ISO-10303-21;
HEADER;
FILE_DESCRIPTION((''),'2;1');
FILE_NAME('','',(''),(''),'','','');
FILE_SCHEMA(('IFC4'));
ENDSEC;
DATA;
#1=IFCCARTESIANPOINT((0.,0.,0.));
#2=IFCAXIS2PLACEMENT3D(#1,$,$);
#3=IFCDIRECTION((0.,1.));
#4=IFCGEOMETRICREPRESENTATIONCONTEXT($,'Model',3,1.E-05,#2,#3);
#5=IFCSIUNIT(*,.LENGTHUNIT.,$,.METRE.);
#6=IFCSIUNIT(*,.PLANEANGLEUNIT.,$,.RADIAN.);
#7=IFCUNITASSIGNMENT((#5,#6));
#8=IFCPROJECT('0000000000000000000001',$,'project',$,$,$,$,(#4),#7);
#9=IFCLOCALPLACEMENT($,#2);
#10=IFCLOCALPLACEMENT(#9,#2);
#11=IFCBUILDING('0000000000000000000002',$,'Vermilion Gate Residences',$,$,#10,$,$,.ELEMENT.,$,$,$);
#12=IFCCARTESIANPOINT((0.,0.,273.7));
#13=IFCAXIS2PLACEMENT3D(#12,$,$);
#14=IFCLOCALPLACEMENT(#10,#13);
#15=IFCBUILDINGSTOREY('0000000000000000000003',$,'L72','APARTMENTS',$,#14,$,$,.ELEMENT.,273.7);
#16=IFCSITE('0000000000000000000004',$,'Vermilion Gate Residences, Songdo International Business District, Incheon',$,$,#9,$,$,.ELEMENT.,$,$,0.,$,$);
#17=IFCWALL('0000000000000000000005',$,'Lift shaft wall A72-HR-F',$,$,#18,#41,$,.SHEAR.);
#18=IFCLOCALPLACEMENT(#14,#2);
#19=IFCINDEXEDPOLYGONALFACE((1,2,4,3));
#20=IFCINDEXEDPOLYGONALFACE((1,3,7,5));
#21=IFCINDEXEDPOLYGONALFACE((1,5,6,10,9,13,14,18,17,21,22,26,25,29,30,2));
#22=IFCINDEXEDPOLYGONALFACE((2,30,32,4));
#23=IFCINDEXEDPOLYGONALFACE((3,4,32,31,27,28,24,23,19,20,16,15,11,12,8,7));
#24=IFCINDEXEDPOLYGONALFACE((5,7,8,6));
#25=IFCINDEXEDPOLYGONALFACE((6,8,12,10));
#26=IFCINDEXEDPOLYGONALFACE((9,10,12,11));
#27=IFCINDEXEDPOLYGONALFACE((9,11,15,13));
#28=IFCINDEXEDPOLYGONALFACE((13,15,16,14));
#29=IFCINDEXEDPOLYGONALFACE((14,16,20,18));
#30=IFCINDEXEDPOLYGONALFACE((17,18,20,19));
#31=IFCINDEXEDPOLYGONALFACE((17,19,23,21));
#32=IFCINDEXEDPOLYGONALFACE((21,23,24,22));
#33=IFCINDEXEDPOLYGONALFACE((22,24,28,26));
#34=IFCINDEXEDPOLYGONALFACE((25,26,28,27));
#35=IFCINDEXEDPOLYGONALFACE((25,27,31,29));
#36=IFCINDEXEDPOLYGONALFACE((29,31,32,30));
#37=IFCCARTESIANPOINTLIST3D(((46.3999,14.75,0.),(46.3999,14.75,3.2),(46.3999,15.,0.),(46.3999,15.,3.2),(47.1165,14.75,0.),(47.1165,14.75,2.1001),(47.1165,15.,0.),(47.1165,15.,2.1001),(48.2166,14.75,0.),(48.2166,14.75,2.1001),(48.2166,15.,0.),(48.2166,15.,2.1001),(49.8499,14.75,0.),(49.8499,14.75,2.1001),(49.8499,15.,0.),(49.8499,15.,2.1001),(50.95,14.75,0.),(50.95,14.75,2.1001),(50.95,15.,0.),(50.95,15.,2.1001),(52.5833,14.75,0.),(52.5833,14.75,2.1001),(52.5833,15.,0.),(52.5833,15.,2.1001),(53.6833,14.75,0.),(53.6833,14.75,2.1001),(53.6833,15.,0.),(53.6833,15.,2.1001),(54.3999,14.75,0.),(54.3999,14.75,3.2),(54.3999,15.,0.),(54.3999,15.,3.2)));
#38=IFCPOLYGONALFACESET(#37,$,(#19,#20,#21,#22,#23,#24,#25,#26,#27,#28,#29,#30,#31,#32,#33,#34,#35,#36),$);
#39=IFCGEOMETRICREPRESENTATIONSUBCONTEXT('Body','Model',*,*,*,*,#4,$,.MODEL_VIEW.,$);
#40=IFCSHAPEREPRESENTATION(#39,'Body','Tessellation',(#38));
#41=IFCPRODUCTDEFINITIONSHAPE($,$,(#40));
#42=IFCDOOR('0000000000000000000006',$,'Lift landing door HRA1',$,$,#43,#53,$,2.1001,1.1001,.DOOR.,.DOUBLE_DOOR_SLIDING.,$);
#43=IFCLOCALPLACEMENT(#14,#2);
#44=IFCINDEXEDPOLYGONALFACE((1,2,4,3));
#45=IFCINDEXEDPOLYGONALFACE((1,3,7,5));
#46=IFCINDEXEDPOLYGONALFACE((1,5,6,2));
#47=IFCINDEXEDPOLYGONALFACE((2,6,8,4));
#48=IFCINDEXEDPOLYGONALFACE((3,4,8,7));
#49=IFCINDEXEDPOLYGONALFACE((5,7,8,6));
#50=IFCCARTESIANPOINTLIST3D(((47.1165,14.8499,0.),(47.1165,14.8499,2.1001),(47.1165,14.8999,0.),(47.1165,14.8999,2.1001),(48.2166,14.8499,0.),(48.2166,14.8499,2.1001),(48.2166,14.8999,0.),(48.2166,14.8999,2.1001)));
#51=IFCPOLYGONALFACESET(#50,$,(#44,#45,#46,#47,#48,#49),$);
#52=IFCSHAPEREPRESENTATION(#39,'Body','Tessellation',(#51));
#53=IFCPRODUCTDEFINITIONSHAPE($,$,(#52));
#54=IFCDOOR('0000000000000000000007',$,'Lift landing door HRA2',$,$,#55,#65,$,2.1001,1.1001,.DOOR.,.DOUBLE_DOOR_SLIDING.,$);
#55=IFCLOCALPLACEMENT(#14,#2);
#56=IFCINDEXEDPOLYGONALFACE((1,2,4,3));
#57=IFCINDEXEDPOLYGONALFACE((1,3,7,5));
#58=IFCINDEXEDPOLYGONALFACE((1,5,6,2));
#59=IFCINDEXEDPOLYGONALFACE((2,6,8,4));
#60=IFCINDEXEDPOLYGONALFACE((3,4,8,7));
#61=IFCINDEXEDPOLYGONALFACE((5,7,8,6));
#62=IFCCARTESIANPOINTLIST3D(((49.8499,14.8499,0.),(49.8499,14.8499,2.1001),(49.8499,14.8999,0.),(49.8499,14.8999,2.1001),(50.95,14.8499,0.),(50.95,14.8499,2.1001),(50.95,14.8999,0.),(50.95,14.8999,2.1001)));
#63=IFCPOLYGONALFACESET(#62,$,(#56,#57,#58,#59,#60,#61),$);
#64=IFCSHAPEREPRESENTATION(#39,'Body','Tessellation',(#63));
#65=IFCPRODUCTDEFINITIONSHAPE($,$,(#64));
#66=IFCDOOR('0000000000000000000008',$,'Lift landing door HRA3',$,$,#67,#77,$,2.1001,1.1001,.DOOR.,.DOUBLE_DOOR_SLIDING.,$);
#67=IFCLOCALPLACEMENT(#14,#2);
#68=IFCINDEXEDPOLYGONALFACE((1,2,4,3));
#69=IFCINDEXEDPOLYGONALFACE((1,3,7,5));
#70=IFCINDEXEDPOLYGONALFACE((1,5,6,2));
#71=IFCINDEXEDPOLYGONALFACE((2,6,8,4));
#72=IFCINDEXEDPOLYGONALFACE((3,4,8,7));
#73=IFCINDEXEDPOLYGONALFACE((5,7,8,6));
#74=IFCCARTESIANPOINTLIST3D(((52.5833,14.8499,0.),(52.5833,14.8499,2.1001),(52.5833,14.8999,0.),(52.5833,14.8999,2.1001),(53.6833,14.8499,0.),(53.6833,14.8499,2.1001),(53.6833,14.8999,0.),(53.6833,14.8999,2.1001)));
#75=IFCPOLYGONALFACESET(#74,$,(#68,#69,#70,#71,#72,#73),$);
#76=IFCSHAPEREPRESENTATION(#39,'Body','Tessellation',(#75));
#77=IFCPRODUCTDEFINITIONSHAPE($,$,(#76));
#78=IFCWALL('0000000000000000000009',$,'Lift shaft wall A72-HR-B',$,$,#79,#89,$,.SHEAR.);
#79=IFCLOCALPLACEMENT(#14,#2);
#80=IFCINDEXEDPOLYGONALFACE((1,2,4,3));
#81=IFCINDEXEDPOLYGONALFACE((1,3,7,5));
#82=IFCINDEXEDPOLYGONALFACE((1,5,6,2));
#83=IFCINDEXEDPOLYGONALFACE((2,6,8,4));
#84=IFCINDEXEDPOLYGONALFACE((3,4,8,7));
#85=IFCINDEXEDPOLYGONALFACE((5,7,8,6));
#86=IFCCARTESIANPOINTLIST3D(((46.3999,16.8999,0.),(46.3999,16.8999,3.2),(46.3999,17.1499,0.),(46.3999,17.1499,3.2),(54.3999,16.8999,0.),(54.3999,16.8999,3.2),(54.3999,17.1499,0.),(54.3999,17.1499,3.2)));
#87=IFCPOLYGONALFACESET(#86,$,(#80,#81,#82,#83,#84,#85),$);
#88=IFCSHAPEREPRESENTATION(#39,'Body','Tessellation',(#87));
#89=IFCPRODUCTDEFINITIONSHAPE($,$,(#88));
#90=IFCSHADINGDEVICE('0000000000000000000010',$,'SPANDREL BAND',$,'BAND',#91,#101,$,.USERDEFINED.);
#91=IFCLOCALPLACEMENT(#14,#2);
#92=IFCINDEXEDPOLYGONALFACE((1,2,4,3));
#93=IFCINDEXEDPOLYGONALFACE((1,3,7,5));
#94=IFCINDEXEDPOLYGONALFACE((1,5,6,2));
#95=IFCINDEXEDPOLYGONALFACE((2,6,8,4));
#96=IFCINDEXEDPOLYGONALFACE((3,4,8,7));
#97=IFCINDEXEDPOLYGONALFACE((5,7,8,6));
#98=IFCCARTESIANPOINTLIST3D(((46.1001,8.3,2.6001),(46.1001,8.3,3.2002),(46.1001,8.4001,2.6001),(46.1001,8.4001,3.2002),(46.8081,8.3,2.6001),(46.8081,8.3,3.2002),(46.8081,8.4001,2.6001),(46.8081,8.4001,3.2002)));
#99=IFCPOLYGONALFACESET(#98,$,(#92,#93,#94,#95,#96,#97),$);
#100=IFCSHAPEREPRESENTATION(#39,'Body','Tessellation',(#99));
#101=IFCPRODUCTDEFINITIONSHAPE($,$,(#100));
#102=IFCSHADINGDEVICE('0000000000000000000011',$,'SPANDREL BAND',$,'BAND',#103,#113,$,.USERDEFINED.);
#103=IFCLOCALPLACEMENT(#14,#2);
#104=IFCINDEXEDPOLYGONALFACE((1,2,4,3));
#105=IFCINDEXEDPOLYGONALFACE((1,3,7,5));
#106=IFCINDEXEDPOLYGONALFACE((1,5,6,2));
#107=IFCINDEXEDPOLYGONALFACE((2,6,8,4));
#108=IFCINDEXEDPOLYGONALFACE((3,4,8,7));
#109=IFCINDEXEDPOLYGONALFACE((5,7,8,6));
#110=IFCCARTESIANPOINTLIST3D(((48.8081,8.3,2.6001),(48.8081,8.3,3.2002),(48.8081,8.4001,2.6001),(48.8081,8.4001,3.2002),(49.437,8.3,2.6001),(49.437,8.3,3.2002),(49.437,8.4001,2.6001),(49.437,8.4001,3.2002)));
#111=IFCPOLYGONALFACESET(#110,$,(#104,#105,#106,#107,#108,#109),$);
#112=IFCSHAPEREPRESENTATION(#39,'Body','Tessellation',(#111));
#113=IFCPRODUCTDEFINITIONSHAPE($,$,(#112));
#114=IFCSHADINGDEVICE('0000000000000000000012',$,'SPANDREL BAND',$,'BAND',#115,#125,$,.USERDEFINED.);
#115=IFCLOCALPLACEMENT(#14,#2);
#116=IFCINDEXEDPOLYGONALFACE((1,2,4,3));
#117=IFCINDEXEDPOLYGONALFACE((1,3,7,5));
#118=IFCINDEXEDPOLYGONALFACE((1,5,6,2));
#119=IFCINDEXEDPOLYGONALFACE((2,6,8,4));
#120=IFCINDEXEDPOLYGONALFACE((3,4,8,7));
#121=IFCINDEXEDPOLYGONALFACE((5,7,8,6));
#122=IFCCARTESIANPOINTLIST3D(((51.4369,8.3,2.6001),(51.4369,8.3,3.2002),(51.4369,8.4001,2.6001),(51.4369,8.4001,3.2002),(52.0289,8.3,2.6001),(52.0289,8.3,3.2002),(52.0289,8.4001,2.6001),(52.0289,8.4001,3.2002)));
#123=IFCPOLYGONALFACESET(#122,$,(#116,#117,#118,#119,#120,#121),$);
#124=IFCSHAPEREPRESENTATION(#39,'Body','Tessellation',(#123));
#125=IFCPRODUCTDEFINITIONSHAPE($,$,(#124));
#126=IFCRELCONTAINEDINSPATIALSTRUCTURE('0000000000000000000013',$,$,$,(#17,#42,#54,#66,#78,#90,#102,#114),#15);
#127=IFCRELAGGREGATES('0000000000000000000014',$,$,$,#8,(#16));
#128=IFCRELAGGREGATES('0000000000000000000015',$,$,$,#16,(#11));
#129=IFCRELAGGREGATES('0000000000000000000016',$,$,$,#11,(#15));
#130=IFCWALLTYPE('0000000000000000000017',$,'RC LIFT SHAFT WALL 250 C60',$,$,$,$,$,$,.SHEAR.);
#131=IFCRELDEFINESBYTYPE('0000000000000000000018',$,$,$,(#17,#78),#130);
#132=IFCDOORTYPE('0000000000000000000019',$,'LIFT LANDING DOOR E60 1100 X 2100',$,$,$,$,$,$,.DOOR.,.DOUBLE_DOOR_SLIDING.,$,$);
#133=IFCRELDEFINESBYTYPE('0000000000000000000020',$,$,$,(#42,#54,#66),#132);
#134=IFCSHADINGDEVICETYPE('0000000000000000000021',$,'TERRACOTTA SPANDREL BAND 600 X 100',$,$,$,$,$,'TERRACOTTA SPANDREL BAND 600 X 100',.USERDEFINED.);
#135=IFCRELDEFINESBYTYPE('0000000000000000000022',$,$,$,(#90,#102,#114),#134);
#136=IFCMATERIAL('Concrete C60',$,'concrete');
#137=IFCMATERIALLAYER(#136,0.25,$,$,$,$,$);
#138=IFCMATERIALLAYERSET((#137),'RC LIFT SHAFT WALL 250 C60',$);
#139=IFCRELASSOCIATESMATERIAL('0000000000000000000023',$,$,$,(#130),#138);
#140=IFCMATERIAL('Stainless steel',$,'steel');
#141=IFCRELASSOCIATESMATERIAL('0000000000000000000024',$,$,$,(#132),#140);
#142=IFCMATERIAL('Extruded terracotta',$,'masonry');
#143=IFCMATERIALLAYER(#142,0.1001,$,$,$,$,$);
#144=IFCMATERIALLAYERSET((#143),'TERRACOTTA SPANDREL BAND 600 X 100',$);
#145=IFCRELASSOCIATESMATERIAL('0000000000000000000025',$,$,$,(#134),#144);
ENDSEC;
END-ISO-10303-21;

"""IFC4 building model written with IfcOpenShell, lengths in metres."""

from ifc_helpers import new_model, si_unit, direction, frame, frame_2d, origin, origin_2d, place, context, subcontext, project, spatial, rectangle, extrude, material, layer, layer_set, type_object, element, fill, save


model = new_model("IFC4")

# Units and contexts
model_context = context("Model", 3, precision=1e-05, world=origin(), true_north=direction((0.0, 1.0)))
body_context = subcontext(model_context, "Body", "Model", "MODEL_VIEW")
ifc_project = project(units=[si_unit("LENGTHUNIT", "METRE"), si_unit("PLANEANGLEUNIT", "RADIAN")], contexts=[model_context])

# Site, building, storey
site_placement = place(None, origin())
site = spatial("IfcSite", under=ifc_project, at=site_placement, Name="Vermilion Gate Residences, Songdo International Business District, Incheon", CompositionType="ELEMENT", RefElevation=0.0)
building_placement = place(site_placement, origin())
building = spatial("IfcBuilding", under=site, at=building_placement, Name="Vermilion Gate Residences", CompositionType="ELEMENT")
storey_placement = place(building_placement, frame((0.0, 0.0, 273.7)))
storey = spatial("IfcBuildingStorey", under=building, at=storey_placement, Name="L72", Description="APARTMENTS", CompositionType="ELEMENT", Elevation=273.7)

# Wall, openings, doors
ifc_material_1 = material(Name="Concrete C60", Category="concrete")
ifc_layer_1 = layer(ifc_material_1, 0.25)
ifc_layer_set_1 = layer_set([ifc_layer_1], Name="RC LIFT SHAFT WALL 250 C60")
wall_type_1 = type_object("IfcWallType", Name="RC LIFT SHAFT WALL 250 C60", PredefinedType="SHEAR", material=ifc_layer_set_1)
wall_1_placement = place(storey_placement, frame((46.3999, 14.875, 0.0), z_axis=(0.0, 0.0, 1.0), x_axis=(1.0, 0.0, 0.0)))
wall_1 = element("IfcWall", 1, at=wall_1_placement, inside=storey, type_object=wall_type_1, Name="Lift shaft wall A72-HR-F", PredefinedType="SHEAR", context=body_context, shape_type="SweptSolid", body=[
    extrude(rectangle(XDim=8.0, YDim=0.25, at=frame_2d((4.0, 0.0))), origin(), (0.0, 0.0, 1.0), 3.2),
])
opening_1_placement = place(wall_1_placement, frame((0.7166, 0.0, 0.0)))
opening_1 = element("IfcOpeningElement", 2, at=opening_1_placement, cuts=wall_1, PredefinedType="OPENING", context=body_context, shape_type="SweptSolid", body=[
    extrude(rectangle(XDim=1.1001, YDim=2.1001, at=frame_2d((0.55, 1.05))), frame((0.0, 0.135, 0.0), z_axis=(0.0, -1.0, 0.0), x_axis=(1.0, 0.0, 0.0)), (0.0, 0.0, 1.0), 0.27),
])
opening_2_placement = place(wall_1_placement, frame((3.45, 0.0, 0.0)))
opening_2 = element("IfcOpeningElement", 3, at=opening_2_placement, cuts=wall_1, PredefinedType="OPENING", context=body_context, shape_type="SweptSolid", body=[
    extrude(rectangle(XDim=1.1001, YDim=2.1001, at=frame_2d((0.55, 1.05))), frame((0.0, 0.135, 0.0), z_axis=(0.0, -1.0, 0.0), x_axis=(1.0, 0.0, 0.0)), (0.0, 0.0, 1.0), 0.27),
])
opening_3_placement = place(wall_1_placement, frame((6.1833, 0.0, 0.0)))
opening_3 = element("IfcOpeningElement", 4, at=opening_3_placement, cuts=wall_1, PredefinedType="OPENING", context=body_context, shape_type="SweptSolid", body=[
    extrude(rectangle(XDim=1.1001, YDim=2.1001, at=frame_2d((0.55, 1.05))), frame((0.0, 0.135, 0.0), z_axis=(0.0, -1.0, 0.0), x_axis=(1.0, 0.0, 0.0)), (0.0, 0.0, 1.0), 0.27),
])
ifc_material_2 = material(Name="Stainless steel", Category="steel")
door_type_1 = type_object("IfcDoorType", Name="LIFT LANDING DOOR E60 1100 X 2100", OperationType="DOUBLE_DOOR_SLIDING", PredefinedType="DOOR", material=ifc_material_2)
door_1_placement = place(opening_1_placement, origin())
door_1 = element("IfcDoor", 5, at=door_1_placement, inside=storey, type_object=door_type_1, Name="Lift landing door HRA1", OperationType="DOUBLE_DOOR_SLIDING", OverallHeight=2.1001, OverallWidth=1.1001, PredefinedType="DOOR", context=body_context, shape_type="SweptSolid", body=[
    extrude(rectangle(XDim=1.1001, YDim=2.1001, at=frame_2d((0.55, 1.05))), frame((0.0, 0.0249, 0.0), z_axis=(0.0, -1.0, 0.0), x_axis=(1.0, 0.0, 0.0)), (0.0, 0.0, 1.0), 0.05),
])
fill(opening_1, door_1)
door_2_placement = place(opening_2_placement, origin())
door_2 = element("IfcDoor", 6, at=door_2_placement, inside=storey, type_object=door_type_1, Name="Lift landing door HRA2", OperationType="DOUBLE_DOOR_SLIDING", OverallHeight=2.1001, OverallWidth=1.1001, PredefinedType="DOOR", context=body_context, shape_type="SweptSolid", body=[
    extrude(rectangle(XDim=1.1001, YDim=2.1001, at=frame_2d((0.55, 1.05))), frame((0.0, 0.0249, 0.0), z_axis=(0.0, -1.0, 0.0), x_axis=(1.0, 0.0, 0.0)), (0.0, 0.0, 1.0), 0.05),
])
fill(opening_2, door_2)
door_3_placement = place(opening_3_placement, origin())
door_3 = element("IfcDoor", 7, at=door_3_placement, inside=storey, type_object=door_type_1, Name="Lift landing door HRA3", OperationType="DOUBLE_DOOR_SLIDING", OverallHeight=2.1001, OverallWidth=1.1001, PredefinedType="DOOR", context=body_context, shape_type="SweptSolid", body=[
    extrude(rectangle(XDim=1.1001, YDim=2.1001, at=frame_2d((0.55, 1.05))), frame((0.0, 0.0249, 0.0), z_axis=(0.0, -1.0, 0.0), x_axis=(1.0, 0.0, 0.0)), (0.0, 0.0, 1.0), 0.05),
])
fill(opening_3, door_3)

# Wall
wall_2_placement = place(storey_placement, frame((46.3999, 17.0249, 0.0), z_axis=(0.0, 0.0, 1.0), x_axis=(1.0, 0.0, 0.0)))
element("IfcWall", 8, at=wall_2_placement, inside=storey, type_object=wall_type_1, Name="Lift shaft wall A72-HR-B", PredefinedType="SHEAR", context=body_context, shape_type="SweptSolid", body=[
    extrude(rectangle(XDim=8.0, YDim=0.25, at=frame_2d((4.0, 0.0))), origin(), (0.0, 0.0, 1.0), 3.2),
])

# Shading devices
ifc_material_3 = material(Name="Extruded terracotta", Category="masonry")
ifc_layer_2 = layer(ifc_material_3, 0.1001)
ifc_layer_set_2 = layer_set([ifc_layer_2], Name="TERRACOTTA SPANDREL BAND 600 X 100")
shading_device_type = type_object("IfcShadingDeviceType", Name="TERRACOTTA SPANDREL BAND 600 X 100", ElementType="TERRACOTTA SPANDREL BAND 600 X 100", PredefinedType="USERDEFINED", material=ifc_layer_set_2)
shading_device_1_placement = place(storey_placement, frame((46.4541, 8.3501, 2.6001), z_axis=(0.0, 0.0, 1.0), x_axis=(1.0, 0.0, 0.0)))
element("IfcShadingDevice", 9, at=shading_device_1_placement, inside=storey, type_object=shading_device_type, Name="SPANDREL BAND", ObjectType="BAND", PredefinedType="USERDEFINED", context=body_context, shape_type="SweptSolid", body=[
    extrude(rectangle(XDim=0.708, YDim=0.1001, at=origin_2d()), origin(), (0.0, 0.0, 1.0), 0.6001),
])
shading_device_2_placement = place(storey_placement, frame((49.1226, 8.3501, 2.6001), z_axis=(0.0, 0.0, 1.0), x_axis=(1.0, 0.0, 0.0)))
element("IfcShadingDevice", 10, at=shading_device_2_placement, inside=storey, type_object=shading_device_type, Name="SPANDREL BAND", ObjectType="BAND", PredefinedType="USERDEFINED", context=body_context, shape_type="SweptSolid", body=[
    extrude(rectangle(XDim=0.6289, YDim=0.1001, at=origin_2d()), origin(), (0.0, 0.0, 1.0), 0.6001),
])
shading_device_3_placement = place(storey_placement, frame((51.7329, 8.3501, 2.6001), z_axis=(0.0, 0.0, 1.0), x_axis=(1.0, 0.0, 0.0)))
element("IfcShadingDevice", 11, at=shading_device_3_placement, inside=storey, type_object=shading_device_type, Name="SPANDREL BAND", ObjectType="BAND", PredefinedType="USERDEFINED", context=body_context, shape_type="SweptSolid", body=[
    extrude(rectangle(XDim=0.592, YDim=0.1001, at=origin_2d()), origin(), (0.0, 0.0, 1.0), 0.6001),
])

save(model, "model.ifc")
